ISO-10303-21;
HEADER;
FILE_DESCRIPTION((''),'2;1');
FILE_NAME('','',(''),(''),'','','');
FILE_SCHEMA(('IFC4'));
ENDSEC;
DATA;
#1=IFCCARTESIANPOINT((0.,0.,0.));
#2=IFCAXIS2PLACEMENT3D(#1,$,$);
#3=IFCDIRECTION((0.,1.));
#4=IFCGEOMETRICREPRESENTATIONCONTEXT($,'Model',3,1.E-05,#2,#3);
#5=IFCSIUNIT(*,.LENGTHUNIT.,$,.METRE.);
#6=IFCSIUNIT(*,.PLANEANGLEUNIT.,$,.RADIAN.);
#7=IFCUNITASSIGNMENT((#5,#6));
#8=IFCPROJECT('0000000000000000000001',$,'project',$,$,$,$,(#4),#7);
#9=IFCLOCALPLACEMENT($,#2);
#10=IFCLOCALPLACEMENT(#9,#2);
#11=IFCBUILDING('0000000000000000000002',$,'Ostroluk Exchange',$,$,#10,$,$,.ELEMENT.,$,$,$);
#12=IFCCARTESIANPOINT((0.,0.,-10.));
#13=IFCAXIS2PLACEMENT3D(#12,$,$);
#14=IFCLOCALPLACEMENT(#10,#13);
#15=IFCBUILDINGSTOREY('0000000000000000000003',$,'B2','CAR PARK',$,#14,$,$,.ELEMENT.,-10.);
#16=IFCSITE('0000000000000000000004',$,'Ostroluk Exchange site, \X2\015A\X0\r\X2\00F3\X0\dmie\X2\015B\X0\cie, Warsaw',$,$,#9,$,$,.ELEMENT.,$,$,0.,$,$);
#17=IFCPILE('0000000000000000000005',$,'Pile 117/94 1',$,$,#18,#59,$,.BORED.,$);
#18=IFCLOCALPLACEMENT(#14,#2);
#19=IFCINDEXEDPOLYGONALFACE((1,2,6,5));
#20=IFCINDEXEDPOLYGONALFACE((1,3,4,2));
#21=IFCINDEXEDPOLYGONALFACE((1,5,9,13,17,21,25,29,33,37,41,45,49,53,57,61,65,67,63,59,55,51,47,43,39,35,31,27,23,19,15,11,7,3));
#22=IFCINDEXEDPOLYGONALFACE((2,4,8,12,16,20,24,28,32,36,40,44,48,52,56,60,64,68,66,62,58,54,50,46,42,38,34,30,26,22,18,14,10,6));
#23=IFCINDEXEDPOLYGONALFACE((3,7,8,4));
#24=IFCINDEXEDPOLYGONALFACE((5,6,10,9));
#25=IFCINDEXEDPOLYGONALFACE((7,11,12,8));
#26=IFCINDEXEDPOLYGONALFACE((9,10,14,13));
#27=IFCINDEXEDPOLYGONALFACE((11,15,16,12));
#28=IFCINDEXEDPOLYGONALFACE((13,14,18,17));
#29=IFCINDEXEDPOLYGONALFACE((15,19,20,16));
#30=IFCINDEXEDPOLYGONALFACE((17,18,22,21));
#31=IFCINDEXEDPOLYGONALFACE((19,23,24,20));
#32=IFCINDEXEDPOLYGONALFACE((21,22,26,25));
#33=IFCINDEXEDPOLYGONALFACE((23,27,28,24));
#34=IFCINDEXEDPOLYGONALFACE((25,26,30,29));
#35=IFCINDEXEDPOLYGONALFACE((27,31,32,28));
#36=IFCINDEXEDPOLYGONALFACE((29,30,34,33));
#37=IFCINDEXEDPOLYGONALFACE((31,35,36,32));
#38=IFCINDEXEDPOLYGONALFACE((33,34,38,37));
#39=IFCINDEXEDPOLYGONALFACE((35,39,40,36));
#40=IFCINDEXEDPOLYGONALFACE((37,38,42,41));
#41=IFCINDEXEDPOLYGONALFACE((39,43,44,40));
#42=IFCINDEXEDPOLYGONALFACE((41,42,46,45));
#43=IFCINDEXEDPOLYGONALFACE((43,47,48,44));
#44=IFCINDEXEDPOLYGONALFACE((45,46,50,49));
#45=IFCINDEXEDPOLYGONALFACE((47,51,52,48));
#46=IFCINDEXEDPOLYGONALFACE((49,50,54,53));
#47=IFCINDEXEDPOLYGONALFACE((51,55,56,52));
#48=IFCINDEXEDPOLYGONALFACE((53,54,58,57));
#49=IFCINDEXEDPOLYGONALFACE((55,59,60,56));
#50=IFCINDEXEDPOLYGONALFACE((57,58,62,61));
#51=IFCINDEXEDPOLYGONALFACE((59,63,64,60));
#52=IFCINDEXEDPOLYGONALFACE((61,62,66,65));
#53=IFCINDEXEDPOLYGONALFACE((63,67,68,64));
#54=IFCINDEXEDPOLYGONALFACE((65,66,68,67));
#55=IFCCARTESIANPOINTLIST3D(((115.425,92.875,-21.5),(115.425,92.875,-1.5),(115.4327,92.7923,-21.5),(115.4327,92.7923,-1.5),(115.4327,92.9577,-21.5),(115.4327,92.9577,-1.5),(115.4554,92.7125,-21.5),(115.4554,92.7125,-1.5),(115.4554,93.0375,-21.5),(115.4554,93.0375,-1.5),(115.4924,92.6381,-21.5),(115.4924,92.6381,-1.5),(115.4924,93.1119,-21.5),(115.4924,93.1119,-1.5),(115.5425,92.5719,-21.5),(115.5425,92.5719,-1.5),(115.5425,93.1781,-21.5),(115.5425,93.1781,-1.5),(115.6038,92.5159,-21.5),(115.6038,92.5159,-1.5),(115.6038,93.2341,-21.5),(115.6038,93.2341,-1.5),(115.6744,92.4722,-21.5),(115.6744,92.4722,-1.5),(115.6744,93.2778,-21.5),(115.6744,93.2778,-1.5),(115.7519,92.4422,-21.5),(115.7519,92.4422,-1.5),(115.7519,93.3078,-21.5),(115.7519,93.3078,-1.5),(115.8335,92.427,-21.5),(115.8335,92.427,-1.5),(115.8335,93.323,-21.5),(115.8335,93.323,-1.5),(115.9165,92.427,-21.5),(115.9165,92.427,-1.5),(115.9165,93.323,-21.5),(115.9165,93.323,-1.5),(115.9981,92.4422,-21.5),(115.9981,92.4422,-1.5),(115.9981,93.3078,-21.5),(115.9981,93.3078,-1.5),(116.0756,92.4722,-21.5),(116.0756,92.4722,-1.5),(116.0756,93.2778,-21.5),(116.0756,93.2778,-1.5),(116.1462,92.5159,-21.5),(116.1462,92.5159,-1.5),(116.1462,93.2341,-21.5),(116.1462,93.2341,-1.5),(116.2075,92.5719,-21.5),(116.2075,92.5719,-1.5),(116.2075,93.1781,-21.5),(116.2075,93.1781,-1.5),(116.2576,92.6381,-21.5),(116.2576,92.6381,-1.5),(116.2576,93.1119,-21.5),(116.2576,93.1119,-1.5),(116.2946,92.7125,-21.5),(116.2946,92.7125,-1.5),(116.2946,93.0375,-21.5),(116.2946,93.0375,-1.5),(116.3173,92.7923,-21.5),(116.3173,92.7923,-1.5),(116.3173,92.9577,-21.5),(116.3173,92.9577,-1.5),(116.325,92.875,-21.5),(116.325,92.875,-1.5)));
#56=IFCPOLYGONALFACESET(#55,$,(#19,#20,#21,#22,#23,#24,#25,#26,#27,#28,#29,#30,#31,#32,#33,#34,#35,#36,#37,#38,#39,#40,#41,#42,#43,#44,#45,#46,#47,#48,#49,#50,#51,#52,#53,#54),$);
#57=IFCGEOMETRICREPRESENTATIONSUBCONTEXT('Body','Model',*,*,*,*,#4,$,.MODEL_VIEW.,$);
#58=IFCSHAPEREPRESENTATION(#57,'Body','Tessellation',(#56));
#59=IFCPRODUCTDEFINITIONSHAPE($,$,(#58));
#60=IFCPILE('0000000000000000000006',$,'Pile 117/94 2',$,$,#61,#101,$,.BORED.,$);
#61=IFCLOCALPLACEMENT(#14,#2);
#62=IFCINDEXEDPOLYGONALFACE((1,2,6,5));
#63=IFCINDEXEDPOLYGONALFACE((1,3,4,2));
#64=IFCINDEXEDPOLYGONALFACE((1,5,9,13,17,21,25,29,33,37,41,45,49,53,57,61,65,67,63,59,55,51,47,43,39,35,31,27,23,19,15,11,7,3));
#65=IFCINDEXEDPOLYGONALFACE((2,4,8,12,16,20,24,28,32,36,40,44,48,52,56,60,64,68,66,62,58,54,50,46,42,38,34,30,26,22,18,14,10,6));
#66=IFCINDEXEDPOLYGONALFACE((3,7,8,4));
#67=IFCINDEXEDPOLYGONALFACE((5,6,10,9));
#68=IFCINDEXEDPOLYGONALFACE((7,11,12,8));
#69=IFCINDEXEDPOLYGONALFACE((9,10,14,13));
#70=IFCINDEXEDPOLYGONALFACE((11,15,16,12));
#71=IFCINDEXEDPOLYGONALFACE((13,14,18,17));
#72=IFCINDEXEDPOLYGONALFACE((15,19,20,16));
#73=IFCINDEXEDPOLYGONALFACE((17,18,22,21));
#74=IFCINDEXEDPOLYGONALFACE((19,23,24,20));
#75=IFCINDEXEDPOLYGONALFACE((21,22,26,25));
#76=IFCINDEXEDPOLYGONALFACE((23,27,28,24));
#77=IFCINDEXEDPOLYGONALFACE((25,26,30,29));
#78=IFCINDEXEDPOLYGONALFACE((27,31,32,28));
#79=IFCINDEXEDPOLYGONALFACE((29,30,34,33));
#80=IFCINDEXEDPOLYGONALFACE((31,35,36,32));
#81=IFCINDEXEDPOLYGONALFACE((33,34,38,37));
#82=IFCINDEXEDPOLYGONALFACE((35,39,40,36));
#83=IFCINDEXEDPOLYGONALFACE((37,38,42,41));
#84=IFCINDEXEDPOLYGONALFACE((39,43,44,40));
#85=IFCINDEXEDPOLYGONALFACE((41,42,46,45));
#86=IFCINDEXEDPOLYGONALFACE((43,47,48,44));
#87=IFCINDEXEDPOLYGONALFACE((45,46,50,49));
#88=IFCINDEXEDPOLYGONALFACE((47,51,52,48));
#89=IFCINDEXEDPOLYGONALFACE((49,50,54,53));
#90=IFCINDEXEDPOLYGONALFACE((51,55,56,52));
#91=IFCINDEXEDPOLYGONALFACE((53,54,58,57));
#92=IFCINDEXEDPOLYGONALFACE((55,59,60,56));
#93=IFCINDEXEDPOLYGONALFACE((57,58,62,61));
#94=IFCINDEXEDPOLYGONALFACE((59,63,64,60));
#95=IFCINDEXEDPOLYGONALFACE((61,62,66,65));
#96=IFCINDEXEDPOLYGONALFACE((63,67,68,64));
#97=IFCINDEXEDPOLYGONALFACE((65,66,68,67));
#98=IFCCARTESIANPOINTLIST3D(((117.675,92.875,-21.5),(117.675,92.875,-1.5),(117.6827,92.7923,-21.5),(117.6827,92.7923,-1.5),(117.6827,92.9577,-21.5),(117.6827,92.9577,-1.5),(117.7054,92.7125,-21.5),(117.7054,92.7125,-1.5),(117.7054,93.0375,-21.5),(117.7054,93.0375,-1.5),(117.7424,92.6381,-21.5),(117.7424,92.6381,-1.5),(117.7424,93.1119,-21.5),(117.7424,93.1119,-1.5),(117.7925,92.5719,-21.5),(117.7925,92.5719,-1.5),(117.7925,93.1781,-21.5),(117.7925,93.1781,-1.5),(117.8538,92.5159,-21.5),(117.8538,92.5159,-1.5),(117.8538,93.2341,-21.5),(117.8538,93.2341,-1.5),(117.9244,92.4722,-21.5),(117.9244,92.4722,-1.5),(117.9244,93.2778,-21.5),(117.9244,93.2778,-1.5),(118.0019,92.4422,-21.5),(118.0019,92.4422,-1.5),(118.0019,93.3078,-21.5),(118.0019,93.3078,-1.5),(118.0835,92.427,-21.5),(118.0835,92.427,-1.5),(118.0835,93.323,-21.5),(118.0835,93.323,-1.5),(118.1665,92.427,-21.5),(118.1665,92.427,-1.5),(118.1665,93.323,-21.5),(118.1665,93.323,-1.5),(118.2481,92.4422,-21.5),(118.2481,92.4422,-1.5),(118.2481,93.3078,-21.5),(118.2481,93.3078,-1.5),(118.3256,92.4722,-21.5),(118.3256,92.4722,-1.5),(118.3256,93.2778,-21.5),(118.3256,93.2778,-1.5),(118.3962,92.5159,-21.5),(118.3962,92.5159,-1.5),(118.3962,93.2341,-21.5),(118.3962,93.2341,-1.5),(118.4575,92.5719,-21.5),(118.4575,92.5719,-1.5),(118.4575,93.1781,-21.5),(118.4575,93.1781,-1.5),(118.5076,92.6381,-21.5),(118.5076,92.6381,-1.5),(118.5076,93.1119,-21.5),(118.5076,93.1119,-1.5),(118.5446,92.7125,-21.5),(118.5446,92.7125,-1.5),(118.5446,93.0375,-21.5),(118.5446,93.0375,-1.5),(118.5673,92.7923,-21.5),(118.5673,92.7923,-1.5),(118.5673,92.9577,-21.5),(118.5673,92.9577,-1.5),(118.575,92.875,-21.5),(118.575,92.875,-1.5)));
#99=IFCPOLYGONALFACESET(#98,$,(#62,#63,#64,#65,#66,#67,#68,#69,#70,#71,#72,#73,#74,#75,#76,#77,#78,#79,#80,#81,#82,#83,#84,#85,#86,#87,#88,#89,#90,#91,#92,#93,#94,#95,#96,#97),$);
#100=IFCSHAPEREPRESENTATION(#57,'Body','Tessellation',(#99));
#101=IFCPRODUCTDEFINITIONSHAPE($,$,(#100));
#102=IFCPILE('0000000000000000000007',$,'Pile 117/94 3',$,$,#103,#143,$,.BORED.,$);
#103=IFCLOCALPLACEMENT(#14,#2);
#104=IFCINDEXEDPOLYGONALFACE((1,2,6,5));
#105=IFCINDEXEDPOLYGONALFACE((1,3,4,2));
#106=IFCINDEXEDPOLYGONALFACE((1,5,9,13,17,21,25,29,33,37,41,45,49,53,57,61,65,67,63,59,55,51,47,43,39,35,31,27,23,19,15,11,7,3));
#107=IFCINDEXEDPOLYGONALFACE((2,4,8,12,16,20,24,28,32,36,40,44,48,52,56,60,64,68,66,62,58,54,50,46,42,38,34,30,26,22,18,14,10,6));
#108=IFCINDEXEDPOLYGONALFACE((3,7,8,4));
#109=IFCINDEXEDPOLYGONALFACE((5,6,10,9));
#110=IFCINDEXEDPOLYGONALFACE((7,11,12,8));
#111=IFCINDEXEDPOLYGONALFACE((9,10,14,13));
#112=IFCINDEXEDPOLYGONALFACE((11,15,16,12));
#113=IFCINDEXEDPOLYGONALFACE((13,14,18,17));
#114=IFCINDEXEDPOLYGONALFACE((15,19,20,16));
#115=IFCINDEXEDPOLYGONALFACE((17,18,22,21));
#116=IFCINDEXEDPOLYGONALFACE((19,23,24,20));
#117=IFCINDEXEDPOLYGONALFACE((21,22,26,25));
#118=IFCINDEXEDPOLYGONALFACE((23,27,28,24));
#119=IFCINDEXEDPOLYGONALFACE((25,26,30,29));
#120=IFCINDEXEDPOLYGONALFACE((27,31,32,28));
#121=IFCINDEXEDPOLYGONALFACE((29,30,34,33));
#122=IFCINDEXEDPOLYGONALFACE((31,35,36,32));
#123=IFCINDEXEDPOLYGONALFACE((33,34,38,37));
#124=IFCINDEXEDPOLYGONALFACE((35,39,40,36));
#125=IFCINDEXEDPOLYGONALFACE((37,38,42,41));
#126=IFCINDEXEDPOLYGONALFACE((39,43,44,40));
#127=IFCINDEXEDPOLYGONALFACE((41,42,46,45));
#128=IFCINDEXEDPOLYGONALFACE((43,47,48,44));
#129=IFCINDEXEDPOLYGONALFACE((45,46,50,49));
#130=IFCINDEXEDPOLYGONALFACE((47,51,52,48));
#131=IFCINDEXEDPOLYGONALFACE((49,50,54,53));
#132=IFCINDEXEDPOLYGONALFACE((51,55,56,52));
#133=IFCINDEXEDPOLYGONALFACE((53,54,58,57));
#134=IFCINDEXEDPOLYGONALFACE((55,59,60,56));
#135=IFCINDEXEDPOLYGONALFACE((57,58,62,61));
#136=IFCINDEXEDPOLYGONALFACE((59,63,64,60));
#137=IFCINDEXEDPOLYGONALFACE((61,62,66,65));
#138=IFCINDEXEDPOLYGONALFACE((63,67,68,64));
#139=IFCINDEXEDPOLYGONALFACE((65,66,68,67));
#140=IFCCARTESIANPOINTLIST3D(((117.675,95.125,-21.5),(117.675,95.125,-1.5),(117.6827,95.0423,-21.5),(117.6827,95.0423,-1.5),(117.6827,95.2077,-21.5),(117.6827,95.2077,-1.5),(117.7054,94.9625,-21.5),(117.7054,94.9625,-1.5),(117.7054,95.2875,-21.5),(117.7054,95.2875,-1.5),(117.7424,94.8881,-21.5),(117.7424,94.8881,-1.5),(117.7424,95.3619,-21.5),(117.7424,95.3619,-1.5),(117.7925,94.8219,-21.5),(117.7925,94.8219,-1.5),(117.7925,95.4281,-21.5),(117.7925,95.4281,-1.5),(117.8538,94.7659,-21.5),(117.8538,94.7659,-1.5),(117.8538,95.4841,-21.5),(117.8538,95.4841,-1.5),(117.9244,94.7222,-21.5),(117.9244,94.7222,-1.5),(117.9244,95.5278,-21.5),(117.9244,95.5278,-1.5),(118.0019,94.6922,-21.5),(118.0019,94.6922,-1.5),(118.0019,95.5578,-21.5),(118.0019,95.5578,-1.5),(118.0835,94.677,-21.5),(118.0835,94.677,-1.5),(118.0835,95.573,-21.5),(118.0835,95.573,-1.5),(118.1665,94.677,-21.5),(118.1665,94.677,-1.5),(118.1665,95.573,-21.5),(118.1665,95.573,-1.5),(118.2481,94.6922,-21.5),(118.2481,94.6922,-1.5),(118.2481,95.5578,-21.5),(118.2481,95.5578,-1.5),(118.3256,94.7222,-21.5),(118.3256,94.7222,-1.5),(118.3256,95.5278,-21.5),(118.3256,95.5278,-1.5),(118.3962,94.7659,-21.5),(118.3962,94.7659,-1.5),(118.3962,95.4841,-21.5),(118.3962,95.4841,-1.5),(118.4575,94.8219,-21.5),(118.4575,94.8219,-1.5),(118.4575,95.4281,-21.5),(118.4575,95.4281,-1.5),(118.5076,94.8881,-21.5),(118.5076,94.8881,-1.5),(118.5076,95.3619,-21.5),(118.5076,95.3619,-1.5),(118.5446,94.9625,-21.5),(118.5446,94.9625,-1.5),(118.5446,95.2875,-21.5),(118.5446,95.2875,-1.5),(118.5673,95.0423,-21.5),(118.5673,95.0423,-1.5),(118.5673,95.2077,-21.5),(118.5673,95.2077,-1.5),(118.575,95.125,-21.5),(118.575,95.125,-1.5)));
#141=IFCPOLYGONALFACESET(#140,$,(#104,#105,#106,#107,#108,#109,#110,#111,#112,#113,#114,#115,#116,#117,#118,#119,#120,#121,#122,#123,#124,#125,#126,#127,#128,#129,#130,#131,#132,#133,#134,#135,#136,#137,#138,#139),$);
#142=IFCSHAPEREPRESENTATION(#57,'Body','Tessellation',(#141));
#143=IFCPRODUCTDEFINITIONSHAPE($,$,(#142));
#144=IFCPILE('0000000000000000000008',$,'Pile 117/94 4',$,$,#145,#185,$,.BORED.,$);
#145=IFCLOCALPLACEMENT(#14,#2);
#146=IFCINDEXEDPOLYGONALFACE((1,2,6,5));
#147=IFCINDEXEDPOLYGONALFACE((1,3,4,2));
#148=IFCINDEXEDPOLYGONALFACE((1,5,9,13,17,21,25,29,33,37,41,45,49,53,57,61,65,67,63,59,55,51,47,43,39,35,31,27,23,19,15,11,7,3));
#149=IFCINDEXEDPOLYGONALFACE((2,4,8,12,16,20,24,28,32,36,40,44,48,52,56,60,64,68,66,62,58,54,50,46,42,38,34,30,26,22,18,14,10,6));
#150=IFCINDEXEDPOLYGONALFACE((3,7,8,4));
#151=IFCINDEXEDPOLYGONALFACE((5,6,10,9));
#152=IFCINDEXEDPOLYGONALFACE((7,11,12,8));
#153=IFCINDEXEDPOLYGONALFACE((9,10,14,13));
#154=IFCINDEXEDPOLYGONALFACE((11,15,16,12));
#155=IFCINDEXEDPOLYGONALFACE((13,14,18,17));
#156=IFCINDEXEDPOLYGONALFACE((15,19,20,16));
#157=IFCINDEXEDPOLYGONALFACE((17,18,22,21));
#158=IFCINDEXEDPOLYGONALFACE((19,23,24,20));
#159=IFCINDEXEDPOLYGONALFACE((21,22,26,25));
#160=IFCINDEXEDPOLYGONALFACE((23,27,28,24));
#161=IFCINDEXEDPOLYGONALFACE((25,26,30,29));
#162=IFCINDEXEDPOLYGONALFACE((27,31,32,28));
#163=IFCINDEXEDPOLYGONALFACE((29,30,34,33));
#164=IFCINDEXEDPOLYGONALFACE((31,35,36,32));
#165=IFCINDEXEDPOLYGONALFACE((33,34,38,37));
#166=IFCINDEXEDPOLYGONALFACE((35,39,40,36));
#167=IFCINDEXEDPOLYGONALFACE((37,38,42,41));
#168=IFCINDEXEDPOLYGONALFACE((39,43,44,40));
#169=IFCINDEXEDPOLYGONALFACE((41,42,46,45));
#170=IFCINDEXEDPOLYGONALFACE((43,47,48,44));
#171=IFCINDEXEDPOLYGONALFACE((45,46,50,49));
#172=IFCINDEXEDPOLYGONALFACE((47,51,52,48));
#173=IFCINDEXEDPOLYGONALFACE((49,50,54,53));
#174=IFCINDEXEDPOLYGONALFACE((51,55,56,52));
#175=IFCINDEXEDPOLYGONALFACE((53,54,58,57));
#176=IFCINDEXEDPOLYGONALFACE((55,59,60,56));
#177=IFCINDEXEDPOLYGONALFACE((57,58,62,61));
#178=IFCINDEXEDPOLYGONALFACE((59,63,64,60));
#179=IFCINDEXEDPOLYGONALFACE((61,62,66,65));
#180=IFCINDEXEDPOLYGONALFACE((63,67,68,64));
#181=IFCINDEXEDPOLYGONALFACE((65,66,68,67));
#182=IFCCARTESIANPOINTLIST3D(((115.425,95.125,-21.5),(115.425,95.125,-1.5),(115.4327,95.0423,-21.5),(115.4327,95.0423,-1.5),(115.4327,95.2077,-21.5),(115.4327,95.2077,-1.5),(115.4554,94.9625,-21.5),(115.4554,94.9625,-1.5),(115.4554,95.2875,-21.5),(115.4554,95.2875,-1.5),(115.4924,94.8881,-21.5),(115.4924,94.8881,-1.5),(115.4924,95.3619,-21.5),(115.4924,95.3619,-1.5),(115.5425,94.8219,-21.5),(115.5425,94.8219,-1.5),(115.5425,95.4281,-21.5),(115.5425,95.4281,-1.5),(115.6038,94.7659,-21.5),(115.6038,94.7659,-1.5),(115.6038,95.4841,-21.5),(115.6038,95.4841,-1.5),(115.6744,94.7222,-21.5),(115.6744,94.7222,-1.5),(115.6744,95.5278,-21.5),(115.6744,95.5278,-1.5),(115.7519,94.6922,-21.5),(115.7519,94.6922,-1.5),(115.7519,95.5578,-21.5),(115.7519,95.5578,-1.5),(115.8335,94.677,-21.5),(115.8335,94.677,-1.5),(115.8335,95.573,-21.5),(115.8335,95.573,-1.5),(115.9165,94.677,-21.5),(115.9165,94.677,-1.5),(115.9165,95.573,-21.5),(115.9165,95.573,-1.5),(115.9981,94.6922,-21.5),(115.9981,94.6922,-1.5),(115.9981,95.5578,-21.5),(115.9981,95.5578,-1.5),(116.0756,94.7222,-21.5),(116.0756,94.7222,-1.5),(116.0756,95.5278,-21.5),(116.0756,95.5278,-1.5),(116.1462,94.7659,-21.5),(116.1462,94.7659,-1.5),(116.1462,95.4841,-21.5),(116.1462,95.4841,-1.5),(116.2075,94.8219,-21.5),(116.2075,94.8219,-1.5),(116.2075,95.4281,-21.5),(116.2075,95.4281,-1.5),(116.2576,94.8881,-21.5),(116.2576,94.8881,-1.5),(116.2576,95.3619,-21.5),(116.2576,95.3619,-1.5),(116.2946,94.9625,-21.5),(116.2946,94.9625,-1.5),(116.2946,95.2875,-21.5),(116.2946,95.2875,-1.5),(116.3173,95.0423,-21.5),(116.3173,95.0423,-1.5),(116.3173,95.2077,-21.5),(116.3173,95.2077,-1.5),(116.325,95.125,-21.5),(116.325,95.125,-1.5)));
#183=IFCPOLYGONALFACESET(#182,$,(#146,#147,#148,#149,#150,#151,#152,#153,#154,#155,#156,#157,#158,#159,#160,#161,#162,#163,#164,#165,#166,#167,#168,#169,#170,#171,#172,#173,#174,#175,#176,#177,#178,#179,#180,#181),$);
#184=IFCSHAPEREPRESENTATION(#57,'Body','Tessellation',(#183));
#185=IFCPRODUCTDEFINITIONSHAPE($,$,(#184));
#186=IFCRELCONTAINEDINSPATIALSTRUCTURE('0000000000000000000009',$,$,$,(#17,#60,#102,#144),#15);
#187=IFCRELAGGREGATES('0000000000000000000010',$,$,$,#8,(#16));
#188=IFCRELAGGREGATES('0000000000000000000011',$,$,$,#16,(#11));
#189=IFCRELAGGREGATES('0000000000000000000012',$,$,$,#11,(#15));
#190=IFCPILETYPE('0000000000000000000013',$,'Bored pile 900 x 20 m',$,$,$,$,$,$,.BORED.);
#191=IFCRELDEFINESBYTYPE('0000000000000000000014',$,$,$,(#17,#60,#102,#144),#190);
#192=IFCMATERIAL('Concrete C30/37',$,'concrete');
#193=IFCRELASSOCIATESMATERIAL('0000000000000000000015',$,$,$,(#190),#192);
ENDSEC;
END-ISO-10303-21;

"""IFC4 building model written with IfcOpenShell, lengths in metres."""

from ifc_helpers import new_model, si_unit, direction, frame, origin, origin_2d, place, context, subcontext, project, spatial, circle, extrude, material, type_object, element, save


model = new_model("IFC4")

# Units and contexts
model_context = context("Model", 3, precision=1e-05, world=origin(), true_north=direction((0.0, 1.0)))
body_context = subcontext(model_context, "Body", "Model", "MODEL_VIEW")
ifc_project = project(units=[si_unit("LENGTHUNIT", "METRE"), si_unit("PLANEANGLEUNIT", "RADIAN")], contexts=[model_context])

# Site, building, storey
site_placement = place(None, origin())
site = spatial("IfcSite", under=ifc_project, at=site_placement, Name="Ostroluk Exchange site, Śródmieście, Warsaw", CompositionType="ELEMENT", RefElevation=0.0)
building_placement = place(site_placement, origin())
building = spatial("IfcBuilding", under=site, at=building_placement, Name="Ostroluk Exchange", CompositionType="ELEMENT")
storey_placement = place(building_placement, frame((0.0, 0.0, -10.0)))
storey = spatial("IfcBuildingStorey", under=building, at=storey_placement, Name="B2", Description="CAR PARK", CompositionType="ELEMENT", Elevation=-10.0)

# Piles
ifc_material_1 = material(Name="Concrete C30/37", Category="concrete")
pile_type = type_object("IfcPileType", Name="Bored pile 900 x 20 m", PredefinedType="BORED", material=ifc_material_1)
for number, where, z_axis, x_axis, name in (
    (1, (115.875, 92.875, -1.5), (0.0, 0.0, -1.0), (1.0, 0.0, 0.0), "Pile 117/94 1"),
    (2, (118.125, 92.875, -1.5), (0.0, 0.0, -1.0), (1.0, 0.0, 0.0), "Pile 117/94 2"),
    (3, (118.125, 95.125, -1.5), (0.0, 0.0, -1.0), (1.0, 0.0, 0.0), "Pile 117/94 3"),
    (4, (115.875, 95.125, -1.5), (0.0, 0.0, -1.0), (1.0, 0.0, 0.0), "Pile 117/94 4"),
):
    element("IfcPile", number, at=place(storey_placement, frame(where, z_axis=z_axis, x_axis=x_axis)), inside=storey, type_object=pile_type, Name=name, PredefinedType="BORED", context=body_context, shape_type="SweptSolid", body=[
        extrude(circle(Radius=0.45, at=origin_2d()), origin(), (0.0, 0.0, 1.0), 20.0),
    ])

save(model, "model.ifc")
